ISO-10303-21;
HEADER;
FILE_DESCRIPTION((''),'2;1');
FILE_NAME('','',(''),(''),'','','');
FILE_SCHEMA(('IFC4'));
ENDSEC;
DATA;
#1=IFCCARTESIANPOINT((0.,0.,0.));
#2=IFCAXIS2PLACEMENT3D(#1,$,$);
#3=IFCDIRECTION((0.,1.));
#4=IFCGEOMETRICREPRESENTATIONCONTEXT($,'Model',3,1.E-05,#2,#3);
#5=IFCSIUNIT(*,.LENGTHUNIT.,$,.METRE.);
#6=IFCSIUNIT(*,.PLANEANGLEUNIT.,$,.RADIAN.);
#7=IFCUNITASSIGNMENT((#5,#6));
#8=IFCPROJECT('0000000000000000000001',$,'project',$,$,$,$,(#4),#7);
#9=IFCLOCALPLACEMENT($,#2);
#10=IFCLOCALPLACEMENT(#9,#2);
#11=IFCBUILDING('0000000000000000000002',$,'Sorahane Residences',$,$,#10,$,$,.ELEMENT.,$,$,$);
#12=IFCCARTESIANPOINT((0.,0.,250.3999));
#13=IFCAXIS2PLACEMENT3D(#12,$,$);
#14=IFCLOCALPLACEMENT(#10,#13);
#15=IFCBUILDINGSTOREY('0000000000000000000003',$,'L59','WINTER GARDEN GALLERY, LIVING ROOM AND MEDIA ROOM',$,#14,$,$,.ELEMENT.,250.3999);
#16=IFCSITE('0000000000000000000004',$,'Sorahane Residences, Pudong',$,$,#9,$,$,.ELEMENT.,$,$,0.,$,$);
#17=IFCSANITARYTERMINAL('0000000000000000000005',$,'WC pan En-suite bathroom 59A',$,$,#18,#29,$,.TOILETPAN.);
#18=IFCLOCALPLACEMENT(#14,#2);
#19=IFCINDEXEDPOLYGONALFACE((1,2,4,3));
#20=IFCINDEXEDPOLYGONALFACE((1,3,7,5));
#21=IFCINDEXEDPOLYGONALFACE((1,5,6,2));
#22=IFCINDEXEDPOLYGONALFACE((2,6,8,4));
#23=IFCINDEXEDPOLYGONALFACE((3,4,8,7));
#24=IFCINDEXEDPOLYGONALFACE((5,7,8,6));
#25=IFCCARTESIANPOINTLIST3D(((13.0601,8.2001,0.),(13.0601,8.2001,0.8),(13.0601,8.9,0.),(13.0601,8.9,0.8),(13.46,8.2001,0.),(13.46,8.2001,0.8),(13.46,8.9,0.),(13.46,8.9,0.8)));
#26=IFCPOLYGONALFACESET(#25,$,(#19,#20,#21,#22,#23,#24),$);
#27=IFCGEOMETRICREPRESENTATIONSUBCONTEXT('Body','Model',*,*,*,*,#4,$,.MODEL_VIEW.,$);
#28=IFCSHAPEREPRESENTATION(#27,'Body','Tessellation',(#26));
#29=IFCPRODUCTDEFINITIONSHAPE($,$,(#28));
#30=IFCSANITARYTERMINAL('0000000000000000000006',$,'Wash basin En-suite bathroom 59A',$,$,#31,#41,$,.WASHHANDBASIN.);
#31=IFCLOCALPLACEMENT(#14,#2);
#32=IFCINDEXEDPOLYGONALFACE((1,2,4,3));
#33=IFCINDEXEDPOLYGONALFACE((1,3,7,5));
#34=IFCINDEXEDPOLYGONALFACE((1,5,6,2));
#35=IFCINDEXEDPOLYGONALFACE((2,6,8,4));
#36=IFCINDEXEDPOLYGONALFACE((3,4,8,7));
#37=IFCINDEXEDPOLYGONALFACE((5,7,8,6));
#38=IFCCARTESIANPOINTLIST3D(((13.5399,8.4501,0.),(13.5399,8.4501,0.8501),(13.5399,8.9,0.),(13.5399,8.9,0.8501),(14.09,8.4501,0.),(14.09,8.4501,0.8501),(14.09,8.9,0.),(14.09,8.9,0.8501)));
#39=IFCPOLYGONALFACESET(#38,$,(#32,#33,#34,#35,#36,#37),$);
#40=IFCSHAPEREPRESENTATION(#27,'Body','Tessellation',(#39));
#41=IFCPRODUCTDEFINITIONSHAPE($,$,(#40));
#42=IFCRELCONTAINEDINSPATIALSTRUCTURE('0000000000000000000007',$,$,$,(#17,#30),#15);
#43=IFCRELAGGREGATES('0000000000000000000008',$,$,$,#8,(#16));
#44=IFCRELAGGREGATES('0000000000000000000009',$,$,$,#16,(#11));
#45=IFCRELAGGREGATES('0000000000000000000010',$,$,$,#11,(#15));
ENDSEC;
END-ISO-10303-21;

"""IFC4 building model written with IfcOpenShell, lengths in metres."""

from ifc_helpers import new_model, si_unit, direction, frame, origin, origin_2d, place, context, subcontext, project, spatial, rectangle, extrude, element, save


model = new_model("IFC4")

# Units and contexts
model_context = context("Model", 3, precision=1e-05, world=origin(), true_north=direction((0.0, 1.0)))
body_context = subcontext(model_context, "Body", "Model", "MODEL_VIEW")
ifc_project = project(units=[si_unit("LENGTHUNIT", "METRE"), si_unit("PLANEANGLEUNIT", "RADIAN")], contexts=[model_context])

# Site, building, storey
site_placement = place(None, origin())
site = spatial("IfcSite", under=ifc_project, at=site_placement, Name="Sorahane Residences, Pudong", CompositionType="ELEMENT", RefElevation=0.0)
building_placement = place(site_placement, origin())
building = spatial("IfcBuilding", under=site, at=building_placement, Name="Sorahane Residences", CompositionType="ELEMENT")
storey_placement = place(building_placement, frame((0.0, 0.0, 250.3999)))
storey = spatial("IfcBuildingStorey", under=building, at=storey_placement, Name="L59", Description="WINTER GARDEN GALLERY, LIVING ROOM AND MEDIA ROOM", CompositionType="ELEMENT", Elevation=250.3999)

# Sanitary terminals
sanitary_terminal_1_placement = place(storey_placement, frame((13.26, 8.55, 0.0), z_axis=(0.0, 0.0, 1.0), x_axis=(1.0, 0.0, 0.0)))
element("IfcSanitaryTerminal", 1, at=sanitary_terminal_1_placement, inside=storey, Name="WC pan En-suite bathroom 59A", PredefinedType="TOILETPAN", context=body_context, shape_type="SweptSolid", body=[
    extrude(rectangle(XDim=0.3999, YDim=0.7, at=origin_2d()), origin(), (0.0, 0.0, 1.0), 0.8),
])
sanitary_terminal_2_placement = place(storey_placement, frame((13.8149, 8.675, 0.0), z_axis=(0.0, 0.0, 1.0), x_axis=(1.0, 0.0, 0.0)))
element("IfcSanitaryTerminal", 2, at=sanitary_terminal_2_placement, inside=storey, Name="Wash basin En-suite bathroom 59A", PredefinedType="WASHHANDBASIN", context=body_context, shape_type="SweptSolid", body=[
    extrude(rectangle(XDim=0.55, YDim=0.45, at=origin_2d()), origin(), (0.0, 0.0, 1.0), 0.8501),
])

save(model, "model.ifc")
